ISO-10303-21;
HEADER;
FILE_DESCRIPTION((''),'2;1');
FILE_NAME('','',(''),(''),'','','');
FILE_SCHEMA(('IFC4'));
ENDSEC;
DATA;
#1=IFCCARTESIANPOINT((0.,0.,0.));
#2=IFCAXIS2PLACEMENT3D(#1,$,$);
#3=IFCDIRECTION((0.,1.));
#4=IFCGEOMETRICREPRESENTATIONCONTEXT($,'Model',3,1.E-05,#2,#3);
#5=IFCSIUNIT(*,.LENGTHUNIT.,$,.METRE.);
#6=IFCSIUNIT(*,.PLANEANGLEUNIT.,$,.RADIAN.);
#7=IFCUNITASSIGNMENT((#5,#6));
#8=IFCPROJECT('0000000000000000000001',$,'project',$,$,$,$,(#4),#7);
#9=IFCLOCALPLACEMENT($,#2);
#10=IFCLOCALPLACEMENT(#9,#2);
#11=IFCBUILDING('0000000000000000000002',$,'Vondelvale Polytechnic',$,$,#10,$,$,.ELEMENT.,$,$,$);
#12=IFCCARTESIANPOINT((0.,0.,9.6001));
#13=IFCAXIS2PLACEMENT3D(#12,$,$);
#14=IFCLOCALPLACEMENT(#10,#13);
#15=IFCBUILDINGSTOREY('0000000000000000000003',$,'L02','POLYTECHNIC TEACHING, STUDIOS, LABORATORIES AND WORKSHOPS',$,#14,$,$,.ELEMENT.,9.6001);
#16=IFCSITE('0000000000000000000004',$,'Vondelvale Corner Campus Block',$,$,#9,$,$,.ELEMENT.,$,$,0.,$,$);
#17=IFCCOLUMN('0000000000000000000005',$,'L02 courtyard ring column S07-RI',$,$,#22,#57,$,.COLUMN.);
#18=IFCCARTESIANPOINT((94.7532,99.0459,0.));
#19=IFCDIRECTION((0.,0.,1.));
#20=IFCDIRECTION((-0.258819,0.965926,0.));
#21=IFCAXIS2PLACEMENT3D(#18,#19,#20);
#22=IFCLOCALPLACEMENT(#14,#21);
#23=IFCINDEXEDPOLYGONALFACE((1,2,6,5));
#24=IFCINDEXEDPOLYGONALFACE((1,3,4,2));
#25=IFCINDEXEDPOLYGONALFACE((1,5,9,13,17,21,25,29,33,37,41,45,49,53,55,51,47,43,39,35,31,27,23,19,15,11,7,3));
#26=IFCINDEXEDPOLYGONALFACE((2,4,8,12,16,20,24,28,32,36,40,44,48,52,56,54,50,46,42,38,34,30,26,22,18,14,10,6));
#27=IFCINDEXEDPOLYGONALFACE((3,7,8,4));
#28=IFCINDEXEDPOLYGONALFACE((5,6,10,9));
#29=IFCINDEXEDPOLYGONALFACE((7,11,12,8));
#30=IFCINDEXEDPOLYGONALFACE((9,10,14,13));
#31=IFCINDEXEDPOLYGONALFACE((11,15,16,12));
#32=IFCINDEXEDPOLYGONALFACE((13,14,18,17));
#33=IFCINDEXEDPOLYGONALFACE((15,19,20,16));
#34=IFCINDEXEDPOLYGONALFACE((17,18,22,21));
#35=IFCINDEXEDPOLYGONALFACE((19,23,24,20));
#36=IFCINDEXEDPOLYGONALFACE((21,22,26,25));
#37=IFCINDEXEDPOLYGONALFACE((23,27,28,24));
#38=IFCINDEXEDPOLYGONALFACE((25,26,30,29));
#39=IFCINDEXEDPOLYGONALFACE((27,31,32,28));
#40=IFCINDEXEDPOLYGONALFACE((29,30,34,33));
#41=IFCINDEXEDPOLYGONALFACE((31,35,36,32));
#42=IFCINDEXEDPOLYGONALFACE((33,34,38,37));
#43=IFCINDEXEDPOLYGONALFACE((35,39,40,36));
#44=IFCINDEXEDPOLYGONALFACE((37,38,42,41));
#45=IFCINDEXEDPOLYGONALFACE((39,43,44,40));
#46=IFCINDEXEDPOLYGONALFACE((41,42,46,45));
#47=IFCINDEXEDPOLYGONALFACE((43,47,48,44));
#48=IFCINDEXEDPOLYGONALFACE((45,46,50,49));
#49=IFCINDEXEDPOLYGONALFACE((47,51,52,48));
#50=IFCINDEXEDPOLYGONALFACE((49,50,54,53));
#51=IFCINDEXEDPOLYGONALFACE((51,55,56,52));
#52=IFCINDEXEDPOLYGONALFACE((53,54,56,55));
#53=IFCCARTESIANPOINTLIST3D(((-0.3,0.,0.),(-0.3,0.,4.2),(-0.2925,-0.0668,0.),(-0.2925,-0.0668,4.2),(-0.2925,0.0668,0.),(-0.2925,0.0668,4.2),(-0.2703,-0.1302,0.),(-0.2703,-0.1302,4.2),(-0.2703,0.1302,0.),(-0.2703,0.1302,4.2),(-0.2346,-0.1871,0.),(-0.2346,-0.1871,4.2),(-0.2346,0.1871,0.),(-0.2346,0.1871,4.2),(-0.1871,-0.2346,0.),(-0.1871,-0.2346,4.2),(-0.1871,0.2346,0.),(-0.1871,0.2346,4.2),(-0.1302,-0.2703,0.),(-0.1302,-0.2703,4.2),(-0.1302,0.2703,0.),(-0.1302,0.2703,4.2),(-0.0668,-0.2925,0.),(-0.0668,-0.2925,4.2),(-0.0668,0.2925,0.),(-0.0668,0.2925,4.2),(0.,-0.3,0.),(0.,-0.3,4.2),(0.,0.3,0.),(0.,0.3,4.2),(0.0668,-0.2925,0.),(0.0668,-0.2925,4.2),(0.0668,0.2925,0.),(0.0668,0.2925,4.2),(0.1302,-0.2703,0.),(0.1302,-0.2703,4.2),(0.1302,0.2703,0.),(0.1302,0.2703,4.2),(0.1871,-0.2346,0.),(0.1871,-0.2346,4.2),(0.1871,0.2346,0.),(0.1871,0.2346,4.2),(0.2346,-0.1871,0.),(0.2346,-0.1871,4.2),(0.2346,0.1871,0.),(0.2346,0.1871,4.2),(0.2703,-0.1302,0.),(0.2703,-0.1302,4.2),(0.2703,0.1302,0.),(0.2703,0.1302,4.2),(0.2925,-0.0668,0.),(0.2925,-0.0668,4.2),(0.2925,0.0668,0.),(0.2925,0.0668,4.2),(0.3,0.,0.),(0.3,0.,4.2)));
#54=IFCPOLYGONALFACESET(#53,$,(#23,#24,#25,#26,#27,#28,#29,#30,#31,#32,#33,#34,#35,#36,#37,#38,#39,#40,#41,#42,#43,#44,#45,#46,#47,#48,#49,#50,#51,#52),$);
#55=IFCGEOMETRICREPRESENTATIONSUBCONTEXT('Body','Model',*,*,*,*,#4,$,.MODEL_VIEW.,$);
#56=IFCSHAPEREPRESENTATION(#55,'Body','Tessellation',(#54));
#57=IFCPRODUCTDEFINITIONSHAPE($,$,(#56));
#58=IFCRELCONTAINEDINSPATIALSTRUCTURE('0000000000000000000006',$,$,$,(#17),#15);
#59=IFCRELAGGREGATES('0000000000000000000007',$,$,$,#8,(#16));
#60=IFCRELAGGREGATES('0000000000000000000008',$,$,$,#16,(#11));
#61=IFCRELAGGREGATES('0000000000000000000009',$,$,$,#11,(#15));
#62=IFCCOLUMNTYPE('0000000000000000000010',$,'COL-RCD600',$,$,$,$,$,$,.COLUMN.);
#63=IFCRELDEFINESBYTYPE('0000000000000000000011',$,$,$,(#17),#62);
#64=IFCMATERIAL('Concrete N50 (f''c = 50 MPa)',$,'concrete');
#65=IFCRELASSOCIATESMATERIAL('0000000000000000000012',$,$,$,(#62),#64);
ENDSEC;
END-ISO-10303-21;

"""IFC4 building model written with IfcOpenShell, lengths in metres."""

from ifc_helpers import new_model, si_unit, direction, frame, origin, origin_2d, place, context, subcontext, project, spatial, circle, extrude, material, material_profile, profile_set, type_object, element, save


model = new_model("IFC4")

# Units and contexts
model_context = context("Model", 3, precision=1e-05, world=origin(), true_north=direction((0.0, 1.0)))
body_context = subcontext(model_context, "Body", "Model", "MODEL_VIEW")
ifc_project = project(units=[si_unit("LENGTHUNIT", "METRE"), si_unit("PLANEANGLEUNIT", "RADIAN")], contexts=[model_context])

# Site, building, storey
site_placement = place(None, origin())
site = spatial("IfcSite", under=ifc_project, at=site_placement, Name="Vondelvale Corner Campus Block", CompositionType="ELEMENT", RefElevation=0.0)
building_placement = place(site_placement, origin())
building = spatial("IfcBuilding", under=site, at=building_placement, Name="Vondelvale Polytechnic", CompositionType="ELEMENT")
storey_placement = place(building_placement, frame((0.0, 0.0, 9.6001)))
storey = spatial("IfcBuildingStorey", under=building, at=storey_placement, Name="L02", Description="POLYTECHNIC TEACHING, STUDIOS, LABORATORIES AND WORKSHOPS", CompositionType="ELEMENT", Elevation=9.6001)

# Column
ifc_material_1 = material(Name="Concrete N50 (f'c = 50 MPa)", Category="concrete")
ifc_material_profile_1 = material_profile(ifc_material_1, circle(Radius=0.3, at=origin_2d()), Name="RC-COL-D600")
ifc_profile_set_1 = profile_set([ifc_material_profile_1], Name="Concrete N50 (f'c = 50 MPa)")
column_type = type_object("IfcColumnType", Name="COL-RCD600", PredefinedType="COLUMN", material=ifc_profile_set_1)
column_placement = place(storey_placement, frame((94.7532, 99.0459, 0.0), z_axis=(0.0, 0.0, 1.0), x_axis=(-0.258819, 0.965926, 0.0)))
element("IfcColumn", 1, at=column_placement, inside=storey, type_object=column_type, Name="L02 courtyard ring column S07-RI", PredefinedType="COLUMN", context=body_context, shape_type="SweptSolid", body=[
    extrude(circle(Radius=0.3, at=origin_2d()), origin(), (0.0, 0.0, 1.0), 4.2),
])

save(model, "model.ifc")
